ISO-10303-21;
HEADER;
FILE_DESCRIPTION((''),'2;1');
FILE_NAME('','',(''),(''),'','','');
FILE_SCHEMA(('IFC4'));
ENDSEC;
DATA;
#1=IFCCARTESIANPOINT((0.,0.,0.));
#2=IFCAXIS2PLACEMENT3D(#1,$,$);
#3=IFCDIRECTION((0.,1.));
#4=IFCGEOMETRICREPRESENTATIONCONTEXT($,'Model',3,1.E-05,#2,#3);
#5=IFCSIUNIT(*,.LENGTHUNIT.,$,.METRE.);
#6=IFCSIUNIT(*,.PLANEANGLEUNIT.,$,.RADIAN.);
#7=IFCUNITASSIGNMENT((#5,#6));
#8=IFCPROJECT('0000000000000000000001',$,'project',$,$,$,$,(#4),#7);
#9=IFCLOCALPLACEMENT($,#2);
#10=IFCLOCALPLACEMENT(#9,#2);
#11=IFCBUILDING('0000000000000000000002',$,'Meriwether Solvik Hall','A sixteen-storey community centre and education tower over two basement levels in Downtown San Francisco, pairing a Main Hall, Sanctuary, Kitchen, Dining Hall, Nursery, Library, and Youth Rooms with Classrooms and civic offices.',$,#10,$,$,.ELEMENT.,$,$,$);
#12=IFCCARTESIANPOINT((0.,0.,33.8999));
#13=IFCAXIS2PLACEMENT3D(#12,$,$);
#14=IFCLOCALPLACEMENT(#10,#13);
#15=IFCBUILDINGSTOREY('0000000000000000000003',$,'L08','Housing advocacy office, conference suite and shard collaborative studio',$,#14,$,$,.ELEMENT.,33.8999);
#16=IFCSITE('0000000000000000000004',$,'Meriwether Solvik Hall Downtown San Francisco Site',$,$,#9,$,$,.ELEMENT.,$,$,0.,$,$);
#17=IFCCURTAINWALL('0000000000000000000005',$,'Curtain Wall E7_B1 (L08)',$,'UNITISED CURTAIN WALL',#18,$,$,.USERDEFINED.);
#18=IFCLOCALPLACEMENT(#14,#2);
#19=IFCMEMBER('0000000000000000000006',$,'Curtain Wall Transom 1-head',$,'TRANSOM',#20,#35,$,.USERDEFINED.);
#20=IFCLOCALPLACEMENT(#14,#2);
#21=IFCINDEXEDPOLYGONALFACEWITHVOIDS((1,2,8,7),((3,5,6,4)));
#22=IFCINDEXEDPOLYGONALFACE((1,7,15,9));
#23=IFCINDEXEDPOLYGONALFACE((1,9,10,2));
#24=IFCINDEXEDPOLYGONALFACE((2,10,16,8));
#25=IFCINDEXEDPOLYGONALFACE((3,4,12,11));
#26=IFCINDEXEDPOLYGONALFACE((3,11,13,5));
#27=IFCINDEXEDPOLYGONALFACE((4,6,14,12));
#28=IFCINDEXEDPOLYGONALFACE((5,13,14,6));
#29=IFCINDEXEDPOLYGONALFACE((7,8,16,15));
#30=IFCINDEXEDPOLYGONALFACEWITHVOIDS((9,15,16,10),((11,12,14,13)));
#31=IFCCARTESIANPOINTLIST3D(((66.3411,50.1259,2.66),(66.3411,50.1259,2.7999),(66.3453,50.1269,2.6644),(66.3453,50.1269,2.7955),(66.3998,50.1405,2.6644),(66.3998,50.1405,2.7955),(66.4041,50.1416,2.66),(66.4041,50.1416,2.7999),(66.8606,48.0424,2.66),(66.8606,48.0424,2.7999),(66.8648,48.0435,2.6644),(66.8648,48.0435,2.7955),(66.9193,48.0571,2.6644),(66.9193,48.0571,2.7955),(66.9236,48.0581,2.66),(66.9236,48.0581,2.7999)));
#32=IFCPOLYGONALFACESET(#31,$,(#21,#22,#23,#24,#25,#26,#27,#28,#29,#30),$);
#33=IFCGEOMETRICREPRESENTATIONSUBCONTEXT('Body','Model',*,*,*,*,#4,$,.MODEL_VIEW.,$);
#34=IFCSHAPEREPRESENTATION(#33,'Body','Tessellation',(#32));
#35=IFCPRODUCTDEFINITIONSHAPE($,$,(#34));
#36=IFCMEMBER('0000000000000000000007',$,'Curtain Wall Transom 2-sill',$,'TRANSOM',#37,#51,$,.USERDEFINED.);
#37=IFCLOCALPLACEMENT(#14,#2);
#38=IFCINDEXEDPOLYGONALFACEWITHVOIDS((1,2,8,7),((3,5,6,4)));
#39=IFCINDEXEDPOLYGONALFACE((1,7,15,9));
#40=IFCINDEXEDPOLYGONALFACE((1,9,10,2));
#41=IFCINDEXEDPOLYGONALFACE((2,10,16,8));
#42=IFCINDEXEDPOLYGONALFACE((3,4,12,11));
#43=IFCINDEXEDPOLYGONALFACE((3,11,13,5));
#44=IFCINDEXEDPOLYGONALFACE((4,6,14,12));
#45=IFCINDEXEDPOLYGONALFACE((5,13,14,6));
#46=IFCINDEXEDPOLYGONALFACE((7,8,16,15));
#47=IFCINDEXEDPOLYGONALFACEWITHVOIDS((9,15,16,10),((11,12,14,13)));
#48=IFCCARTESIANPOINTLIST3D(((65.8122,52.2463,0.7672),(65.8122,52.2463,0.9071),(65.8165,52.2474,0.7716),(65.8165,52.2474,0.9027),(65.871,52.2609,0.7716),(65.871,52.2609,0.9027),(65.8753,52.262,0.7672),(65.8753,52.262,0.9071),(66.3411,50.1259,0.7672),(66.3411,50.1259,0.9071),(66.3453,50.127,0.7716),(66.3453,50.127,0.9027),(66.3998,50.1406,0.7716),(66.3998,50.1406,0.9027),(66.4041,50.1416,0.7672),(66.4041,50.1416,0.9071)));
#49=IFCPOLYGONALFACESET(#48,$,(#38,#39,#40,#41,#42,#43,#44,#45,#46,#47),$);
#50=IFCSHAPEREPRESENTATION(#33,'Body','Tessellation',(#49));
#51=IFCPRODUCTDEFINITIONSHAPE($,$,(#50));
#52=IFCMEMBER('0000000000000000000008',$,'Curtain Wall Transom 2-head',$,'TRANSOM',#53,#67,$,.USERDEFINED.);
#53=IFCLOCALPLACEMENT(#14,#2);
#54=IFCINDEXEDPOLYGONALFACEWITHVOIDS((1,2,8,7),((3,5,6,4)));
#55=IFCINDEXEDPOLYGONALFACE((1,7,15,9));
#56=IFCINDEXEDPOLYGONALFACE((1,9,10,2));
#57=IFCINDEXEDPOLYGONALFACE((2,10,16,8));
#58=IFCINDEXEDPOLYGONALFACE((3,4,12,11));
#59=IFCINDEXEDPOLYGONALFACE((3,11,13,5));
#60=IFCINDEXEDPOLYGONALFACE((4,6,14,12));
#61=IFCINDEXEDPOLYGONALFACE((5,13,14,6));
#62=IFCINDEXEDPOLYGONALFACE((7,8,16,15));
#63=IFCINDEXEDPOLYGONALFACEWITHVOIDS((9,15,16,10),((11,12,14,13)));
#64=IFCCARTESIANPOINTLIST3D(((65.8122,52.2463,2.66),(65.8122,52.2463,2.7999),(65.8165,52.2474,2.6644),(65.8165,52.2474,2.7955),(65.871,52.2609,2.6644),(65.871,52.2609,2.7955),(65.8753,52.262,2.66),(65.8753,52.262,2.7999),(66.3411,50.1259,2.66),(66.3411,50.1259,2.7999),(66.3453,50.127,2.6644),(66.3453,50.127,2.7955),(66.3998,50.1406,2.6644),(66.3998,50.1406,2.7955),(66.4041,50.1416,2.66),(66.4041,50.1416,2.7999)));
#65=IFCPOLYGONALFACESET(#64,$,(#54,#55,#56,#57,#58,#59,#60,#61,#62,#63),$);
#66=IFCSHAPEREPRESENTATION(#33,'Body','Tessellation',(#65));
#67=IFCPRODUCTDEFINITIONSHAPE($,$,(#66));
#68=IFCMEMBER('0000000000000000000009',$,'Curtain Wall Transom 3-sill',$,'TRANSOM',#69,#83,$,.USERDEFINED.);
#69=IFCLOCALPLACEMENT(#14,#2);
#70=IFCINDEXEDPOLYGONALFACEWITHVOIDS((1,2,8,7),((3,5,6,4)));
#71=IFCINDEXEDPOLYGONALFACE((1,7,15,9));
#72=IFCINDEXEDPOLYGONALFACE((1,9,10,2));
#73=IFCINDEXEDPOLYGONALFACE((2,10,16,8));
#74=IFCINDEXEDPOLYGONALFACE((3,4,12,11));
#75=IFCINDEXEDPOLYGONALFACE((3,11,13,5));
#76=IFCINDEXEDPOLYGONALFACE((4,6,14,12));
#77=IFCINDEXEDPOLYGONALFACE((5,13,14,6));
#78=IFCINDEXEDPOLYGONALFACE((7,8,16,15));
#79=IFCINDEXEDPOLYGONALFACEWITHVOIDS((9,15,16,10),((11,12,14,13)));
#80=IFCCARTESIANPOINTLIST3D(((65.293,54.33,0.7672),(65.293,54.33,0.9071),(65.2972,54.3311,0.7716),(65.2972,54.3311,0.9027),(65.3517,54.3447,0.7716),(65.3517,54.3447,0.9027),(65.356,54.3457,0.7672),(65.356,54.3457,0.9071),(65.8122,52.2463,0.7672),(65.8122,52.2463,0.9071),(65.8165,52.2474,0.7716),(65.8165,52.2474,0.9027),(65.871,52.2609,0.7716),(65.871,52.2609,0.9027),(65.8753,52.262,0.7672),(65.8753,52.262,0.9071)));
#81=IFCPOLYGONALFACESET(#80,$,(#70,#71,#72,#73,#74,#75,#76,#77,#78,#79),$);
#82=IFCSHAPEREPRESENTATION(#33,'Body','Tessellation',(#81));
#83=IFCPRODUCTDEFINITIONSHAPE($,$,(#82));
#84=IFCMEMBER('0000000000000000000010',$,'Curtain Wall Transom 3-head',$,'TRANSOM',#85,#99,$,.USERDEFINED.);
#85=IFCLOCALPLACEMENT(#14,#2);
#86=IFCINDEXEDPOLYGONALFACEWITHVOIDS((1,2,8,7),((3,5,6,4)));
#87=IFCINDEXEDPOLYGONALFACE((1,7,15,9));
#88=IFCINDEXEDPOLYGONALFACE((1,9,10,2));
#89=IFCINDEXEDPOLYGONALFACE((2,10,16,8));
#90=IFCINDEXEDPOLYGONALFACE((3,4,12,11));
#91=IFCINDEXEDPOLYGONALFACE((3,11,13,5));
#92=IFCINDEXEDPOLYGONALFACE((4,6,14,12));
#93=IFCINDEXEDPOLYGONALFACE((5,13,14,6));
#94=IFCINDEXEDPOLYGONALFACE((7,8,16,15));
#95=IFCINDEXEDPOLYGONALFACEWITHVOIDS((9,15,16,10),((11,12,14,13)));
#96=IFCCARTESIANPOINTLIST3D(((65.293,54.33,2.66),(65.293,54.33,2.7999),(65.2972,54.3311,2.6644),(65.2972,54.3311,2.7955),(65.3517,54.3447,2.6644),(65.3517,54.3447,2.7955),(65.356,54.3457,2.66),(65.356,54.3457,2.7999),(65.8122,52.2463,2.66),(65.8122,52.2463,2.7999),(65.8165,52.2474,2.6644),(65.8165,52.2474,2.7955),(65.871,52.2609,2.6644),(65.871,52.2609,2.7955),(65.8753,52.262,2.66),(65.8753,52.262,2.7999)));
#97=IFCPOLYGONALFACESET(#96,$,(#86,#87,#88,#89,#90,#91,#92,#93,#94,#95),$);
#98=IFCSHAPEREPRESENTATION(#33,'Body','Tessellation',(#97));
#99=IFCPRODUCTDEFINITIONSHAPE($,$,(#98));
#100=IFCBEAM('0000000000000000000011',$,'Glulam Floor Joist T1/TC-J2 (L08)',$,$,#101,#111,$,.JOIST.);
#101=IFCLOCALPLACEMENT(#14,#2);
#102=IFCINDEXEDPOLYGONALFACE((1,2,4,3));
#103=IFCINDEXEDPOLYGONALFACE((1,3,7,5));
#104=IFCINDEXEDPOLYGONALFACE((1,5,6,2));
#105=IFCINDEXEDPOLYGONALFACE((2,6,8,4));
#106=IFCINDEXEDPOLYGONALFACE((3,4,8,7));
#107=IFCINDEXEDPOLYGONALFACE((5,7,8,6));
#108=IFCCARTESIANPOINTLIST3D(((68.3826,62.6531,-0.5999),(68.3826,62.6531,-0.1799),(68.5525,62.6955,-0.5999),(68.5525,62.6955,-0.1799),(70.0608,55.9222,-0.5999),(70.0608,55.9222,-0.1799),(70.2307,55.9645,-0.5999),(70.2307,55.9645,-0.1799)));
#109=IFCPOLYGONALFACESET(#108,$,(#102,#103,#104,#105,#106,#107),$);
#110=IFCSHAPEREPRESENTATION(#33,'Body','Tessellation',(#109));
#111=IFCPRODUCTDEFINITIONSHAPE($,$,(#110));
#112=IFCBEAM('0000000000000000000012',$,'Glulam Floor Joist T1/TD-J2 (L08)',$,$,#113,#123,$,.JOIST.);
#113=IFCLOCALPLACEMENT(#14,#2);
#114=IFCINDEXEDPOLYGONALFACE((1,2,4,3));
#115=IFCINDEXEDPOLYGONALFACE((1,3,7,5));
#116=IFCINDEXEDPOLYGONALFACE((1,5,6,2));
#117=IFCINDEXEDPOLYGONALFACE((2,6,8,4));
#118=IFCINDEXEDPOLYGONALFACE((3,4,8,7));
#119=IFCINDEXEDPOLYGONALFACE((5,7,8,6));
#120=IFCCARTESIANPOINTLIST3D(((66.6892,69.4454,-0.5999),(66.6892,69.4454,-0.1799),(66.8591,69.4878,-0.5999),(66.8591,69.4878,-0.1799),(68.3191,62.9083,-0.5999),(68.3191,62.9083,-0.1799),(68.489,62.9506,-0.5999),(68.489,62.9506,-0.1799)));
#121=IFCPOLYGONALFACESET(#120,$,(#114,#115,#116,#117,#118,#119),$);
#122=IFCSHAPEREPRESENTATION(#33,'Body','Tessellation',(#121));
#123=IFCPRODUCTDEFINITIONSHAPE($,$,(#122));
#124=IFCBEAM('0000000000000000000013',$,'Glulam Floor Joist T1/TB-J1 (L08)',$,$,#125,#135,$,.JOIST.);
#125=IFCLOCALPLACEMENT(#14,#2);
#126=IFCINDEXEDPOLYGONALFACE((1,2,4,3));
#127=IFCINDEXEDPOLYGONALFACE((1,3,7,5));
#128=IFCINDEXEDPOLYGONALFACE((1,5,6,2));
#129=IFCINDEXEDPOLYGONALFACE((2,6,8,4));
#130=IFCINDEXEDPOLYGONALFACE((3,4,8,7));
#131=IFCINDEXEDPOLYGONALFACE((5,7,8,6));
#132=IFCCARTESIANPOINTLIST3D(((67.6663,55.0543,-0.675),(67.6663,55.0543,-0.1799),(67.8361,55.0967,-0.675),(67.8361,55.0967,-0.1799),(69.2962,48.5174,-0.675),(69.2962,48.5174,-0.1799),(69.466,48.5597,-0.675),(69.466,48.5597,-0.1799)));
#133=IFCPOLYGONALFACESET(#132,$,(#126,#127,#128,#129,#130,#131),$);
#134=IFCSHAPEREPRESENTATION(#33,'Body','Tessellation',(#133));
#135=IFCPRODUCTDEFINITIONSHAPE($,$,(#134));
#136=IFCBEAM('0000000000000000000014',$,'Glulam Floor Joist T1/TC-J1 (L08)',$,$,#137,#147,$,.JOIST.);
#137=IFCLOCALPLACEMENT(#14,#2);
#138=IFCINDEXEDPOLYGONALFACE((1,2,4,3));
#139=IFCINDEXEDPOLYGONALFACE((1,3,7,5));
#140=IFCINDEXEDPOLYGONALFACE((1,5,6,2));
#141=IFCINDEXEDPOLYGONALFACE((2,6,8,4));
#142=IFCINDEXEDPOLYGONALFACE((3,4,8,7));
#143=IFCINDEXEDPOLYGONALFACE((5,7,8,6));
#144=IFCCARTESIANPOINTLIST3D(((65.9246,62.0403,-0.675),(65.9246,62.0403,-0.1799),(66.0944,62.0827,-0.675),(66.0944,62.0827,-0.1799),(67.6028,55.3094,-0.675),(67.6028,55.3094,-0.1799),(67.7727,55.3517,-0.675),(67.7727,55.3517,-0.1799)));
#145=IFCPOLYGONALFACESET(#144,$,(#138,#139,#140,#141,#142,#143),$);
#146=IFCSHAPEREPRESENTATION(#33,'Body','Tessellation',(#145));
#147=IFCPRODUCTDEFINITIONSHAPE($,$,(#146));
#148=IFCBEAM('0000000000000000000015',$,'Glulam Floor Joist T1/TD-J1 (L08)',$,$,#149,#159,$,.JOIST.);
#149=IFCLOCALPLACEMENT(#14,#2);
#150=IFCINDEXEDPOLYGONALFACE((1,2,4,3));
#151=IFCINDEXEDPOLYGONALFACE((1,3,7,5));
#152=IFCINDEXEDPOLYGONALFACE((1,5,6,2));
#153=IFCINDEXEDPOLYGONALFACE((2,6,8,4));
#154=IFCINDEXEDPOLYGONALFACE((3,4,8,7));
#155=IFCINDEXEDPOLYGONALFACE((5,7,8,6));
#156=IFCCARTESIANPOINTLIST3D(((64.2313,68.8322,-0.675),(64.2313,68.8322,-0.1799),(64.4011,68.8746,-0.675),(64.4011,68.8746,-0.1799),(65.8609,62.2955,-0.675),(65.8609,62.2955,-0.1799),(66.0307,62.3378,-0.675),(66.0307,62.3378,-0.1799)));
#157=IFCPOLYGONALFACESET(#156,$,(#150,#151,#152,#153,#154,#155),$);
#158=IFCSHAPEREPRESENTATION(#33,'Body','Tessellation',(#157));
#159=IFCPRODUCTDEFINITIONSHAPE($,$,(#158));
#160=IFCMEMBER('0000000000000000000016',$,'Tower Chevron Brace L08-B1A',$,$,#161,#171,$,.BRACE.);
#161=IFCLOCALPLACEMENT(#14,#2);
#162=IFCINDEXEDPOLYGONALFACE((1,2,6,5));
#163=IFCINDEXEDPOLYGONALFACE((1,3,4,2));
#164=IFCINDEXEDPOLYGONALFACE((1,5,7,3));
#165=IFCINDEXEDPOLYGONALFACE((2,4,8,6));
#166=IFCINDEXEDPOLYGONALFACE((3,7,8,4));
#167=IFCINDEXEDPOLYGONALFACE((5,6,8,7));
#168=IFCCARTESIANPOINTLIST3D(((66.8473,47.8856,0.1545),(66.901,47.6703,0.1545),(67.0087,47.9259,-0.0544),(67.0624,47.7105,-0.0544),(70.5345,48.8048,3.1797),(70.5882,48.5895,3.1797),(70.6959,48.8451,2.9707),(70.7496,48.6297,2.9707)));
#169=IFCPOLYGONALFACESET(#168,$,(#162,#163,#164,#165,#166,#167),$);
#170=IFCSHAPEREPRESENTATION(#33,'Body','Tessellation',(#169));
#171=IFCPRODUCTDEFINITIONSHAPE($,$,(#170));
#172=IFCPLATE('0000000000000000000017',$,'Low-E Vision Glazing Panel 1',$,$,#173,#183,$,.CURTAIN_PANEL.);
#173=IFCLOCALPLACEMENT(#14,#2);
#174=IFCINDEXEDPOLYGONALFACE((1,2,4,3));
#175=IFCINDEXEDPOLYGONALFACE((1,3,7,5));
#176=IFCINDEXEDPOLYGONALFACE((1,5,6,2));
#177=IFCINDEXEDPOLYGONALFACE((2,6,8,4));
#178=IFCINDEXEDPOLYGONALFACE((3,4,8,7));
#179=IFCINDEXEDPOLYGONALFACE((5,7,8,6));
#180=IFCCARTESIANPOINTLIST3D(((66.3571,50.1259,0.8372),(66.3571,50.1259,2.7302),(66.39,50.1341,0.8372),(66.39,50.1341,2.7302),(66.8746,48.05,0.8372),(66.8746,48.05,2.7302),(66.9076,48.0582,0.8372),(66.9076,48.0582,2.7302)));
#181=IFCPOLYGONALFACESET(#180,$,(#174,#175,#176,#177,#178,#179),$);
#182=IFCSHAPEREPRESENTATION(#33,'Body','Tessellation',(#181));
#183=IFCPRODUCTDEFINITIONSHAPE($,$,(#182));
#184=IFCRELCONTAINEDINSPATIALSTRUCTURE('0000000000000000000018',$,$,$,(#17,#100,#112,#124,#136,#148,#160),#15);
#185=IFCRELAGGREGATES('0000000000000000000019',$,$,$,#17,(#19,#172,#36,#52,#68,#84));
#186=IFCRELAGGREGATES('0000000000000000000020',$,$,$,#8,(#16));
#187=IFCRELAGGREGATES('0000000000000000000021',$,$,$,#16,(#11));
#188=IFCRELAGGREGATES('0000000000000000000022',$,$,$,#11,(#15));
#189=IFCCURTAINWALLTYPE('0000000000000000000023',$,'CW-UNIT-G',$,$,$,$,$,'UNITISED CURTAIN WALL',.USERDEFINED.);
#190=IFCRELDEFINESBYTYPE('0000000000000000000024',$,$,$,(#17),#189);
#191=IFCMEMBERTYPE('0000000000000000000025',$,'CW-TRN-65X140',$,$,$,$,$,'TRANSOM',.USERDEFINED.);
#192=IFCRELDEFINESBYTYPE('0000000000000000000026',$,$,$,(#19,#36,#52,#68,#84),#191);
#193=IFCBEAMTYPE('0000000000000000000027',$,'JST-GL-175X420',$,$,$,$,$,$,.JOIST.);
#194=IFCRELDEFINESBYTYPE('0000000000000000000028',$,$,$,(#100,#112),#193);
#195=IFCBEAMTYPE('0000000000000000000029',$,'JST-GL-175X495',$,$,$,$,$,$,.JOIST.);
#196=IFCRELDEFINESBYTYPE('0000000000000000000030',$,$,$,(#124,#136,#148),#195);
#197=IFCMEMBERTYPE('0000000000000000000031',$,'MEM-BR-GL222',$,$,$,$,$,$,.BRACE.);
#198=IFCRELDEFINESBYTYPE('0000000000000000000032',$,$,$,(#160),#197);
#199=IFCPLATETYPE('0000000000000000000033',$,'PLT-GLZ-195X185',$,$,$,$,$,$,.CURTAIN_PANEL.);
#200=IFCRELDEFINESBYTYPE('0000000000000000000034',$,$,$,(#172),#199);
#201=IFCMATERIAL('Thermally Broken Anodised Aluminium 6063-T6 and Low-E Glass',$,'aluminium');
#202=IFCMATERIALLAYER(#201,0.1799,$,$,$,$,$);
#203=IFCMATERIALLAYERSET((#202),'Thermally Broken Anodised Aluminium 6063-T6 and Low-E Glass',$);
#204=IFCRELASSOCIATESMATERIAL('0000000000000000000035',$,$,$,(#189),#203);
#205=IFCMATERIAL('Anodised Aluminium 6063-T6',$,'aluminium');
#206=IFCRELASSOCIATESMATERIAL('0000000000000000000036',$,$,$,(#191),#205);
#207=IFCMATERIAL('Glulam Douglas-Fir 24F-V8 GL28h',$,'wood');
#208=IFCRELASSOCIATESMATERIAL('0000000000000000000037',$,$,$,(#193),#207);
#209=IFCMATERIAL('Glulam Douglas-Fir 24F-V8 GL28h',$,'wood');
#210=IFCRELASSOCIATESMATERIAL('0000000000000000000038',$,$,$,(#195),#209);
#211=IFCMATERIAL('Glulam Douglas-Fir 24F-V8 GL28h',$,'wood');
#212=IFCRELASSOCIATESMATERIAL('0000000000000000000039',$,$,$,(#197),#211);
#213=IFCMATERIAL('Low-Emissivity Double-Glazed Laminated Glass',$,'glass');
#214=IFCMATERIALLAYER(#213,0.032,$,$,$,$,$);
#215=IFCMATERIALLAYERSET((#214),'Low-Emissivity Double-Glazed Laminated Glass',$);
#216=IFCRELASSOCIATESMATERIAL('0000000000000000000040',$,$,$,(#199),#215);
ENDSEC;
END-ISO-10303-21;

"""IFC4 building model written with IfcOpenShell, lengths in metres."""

from ifc_helpers import new_model, si_unit, direction, frame, origin, origin_2d, place, context, subcontext, project, spatial, rectangle, hollow_rectangle, extrude, material, layer, layer_set, material_profile, profile_set, type_object, element, aggregate, save


model = new_model("IFC4")

# Units and contexts
model_context = context("Model", 3, precision=1e-05, world=origin(), true_north=direction((0.0, 1.0)))
body_context = subcontext(model_context, "Body", "Model", "MODEL_VIEW")
ifc_project = project(units=[si_unit("LENGTHUNIT", "METRE"), si_unit("PLANEANGLEUNIT", "RADIAN")], contexts=[model_context])

# Site, building, storey
site_placement = place(None, origin())
site = spatial("IfcSite", under=ifc_project, at=site_placement, Name="Meriwether Solvik Hall Downtown San Francisco Site", CompositionType="ELEMENT", RefElevation=0.0)
building_placement = place(site_placement, origin())
building = spatial("IfcBuilding", under=site, at=building_placement, Name="Meriwether Solvik Hall", Description="A sixteen-storey community centre and education tower over two basement levels in Downtown San Francisco, pairing a Main Hall, Sanctuary, Kitchen, Dining Hall, Nursery, Library, and Youth Rooms with Classrooms and civic offices.", CompositionType="ELEMENT")
storey_placement = place(building_placement, frame((0.0, 0.0, 33.8999)))
storey = spatial("IfcBuildingStorey", under=building, at=storey_placement, Name="L08", Description="Housing advocacy office, conference suite and shard collaborative studio", CompositionType="ELEMENT", Elevation=33.8999)

# Curtain wall, members
ifc_material_1 = material(Name="Thermally Broken Anodised Aluminium 6063-T6 and Low-E Glass", Category="aluminium")
ifc_layer_1 = layer(ifc_material_1, 0.1799)
ifc_layer_set_1 = layer_set([ifc_layer_1], Name="Thermally Broken Anodised Aluminium 6063-T6 and Low-E Glass")
curtain_wall_type_1 = type_object("IfcCurtainWallType", Name="CW-UNIT-G", ElementType="UNITISED CURTAIN WALL", PredefinedType="USERDEFINED", material=ifc_layer_set_1)
curtain_wall_1_placement = place(storey_placement, origin())
curtain_wall_1 = element("IfcCurtainWall", 1, at=curtain_wall_1_placement, inside=storey, type_object=curtain_wall_type_1, Name="Curtain Wall E7_B1 (L08)", ObjectType="UNITISED CURTAIN WALL", PredefinedType="USERDEFINED")
ifc_material_2 = material(Name="Anodised Aluminium 6063-T6", Category="aluminium")
ifc_material_profile_1 = material_profile(ifc_material_2, hollow_rectangle(XDim=0.0649, YDim=0.1399, WallThickness=0.0044, at=origin_2d()), Name="CWT-65X140")
ifc_profile_set_1 = profile_set([ifc_material_profile_1], Name="Anodised Aluminium 6063-T6")
member_type_1 = type_object("IfcMemberType", Name="CW-TRN-65X140", ElementType="TRANSOM", PredefinedType="USERDEFINED", material=ifc_profile_set_1)
member_1_placement = place(storey_placement, frame((66.8921, 48.0503, 2.73), z_axis=(-0.241947, 0.970289, 0.0), x_axis=(-0.970289, -0.241947, 0.0)))
member_1 = element("IfcMember", 2, at=member_1_placement, type_object=member_type_1, Name="Curtain Wall Transom 1-head", ObjectType="TRANSOM", PredefinedType="USERDEFINED", context=body_context, shape_type="SweptSolid", body=[
    extrude(hollow_rectangle(XDim=0.0649, YDim=0.1399, WallThickness=0.0044, at=origin_2d()), origin(), (0.0, 0.0, 1.0), 2.1472),
])
member_2_placement = place(storey_placement, frame((66.3726, 50.1338, 0.8372), z_axis=(-0.241984, 0.97028, 0.0), x_axis=(-0.97028, -0.241984, 0.0)))
member_2 = element("IfcMember", 3, at=member_2_placement, type_object=member_type_1, Name="Curtain Wall Transom 2-sill", ObjectType="TRANSOM", PredefinedType="USERDEFINED", context=body_context, shape_type="SweptSolid", body=[
    extrude(hollow_rectangle(XDim=0.0649, YDim=0.1399, WallThickness=0.0044, at=origin_2d()), origin(), (0.0, 0.0, 1.0), 2.1853),
])
member_3_placement = place(storey_placement, frame((66.3726, 50.1338, 2.73), z_axis=(-0.241984, 0.97028, 0.0), x_axis=(-0.97028, -0.241984, 0.0)))
member_3 = element("IfcMember", 4, at=member_3_placement, type_object=member_type_1, Name="Curtain Wall Transom 2-head", ObjectType="TRANSOM", PredefinedType="USERDEFINED", context=body_context, shape_type="SweptSolid", body=[
    extrude(hollow_rectangle(XDim=0.0649, YDim=0.1399, WallThickness=0.0044, at=origin_2d()), origin(), (0.0, 0.0, 1.0), 2.1853),
])
member_4_placement = place(storey_placement, frame((65.8438, 52.2542, 0.8372), z_axis=(-0.241813, 0.970323, 0.0), x_axis=(-0.970323, -0.241813, 0.0)))
member_4 = element("IfcMember", 5, at=member_4_placement, type_object=member_type_1, Name="Curtain Wall Transom 3-sill", ObjectType="TRANSOM", PredefinedType="USERDEFINED", context=body_context, shape_type="SweptSolid", body=[
    extrude(hollow_rectangle(XDim=0.0649, YDim=0.1399, WallThickness=0.0044, at=origin_2d()), origin(), (0.0, 0.0, 1.0), 2.1475),
])
member_5_placement = place(storey_placement, frame((65.8438, 52.2542, 2.73), z_axis=(-0.241813, 0.970323, 0.0), x_axis=(-0.970323, -0.241813, 0.0)))
member_5 = element("IfcMember", 6, at=member_5_placement, type_object=member_type_1, Name="Curtain Wall Transom 3-head", ObjectType="TRANSOM", PredefinedType="USERDEFINED", context=body_context, shape_type="SweptSolid", body=[
    extrude(hollow_rectangle(XDim=0.0649, YDim=0.1399, WallThickness=0.0044, at=origin_2d()), origin(), (0.0, 0.0, 1.0), 2.1475),
])

# Beams
ifc_material_3 = material(Name="Glulam Douglas-Fir 24F-V8 GL28h", Category="wood")
ifc_material_profile_2 = material_profile(ifc_material_3, rectangle(XDim=0.175, YDim=0.4199, at=origin_2d()), Name="GLJ-175X420")
ifc_profile_set_2 = profile_set([ifc_material_profile_2], Name="Glulam Douglas-Fir 24F-V8 GL28h")
beam_type_1 = type_object("IfcBeamType", Name="JST-GL-175X420", PredefinedType="JOIST", material=ifc_profile_set_2)
beam_1_placement = place(storey_placement, frame((70.1458, 55.9434, -0.3899), z_axis=(-0.241923, 0.970296, 0.0), x_axis=(-0.970296, -0.241923, 0.0)))
element("IfcBeam", 7, at=beam_1_placement, inside=storey, type_object=beam_type_1, Name="Glulam Floor Joist T1/TC-J2 (L08)", PredefinedType="JOIST", context=body_context, shape_type="SweptSolid", body=[
    extrude(rectangle(XDim=0.175, YDim=0.4199, at=origin_2d()), origin(), (0.0, 0.0, 1.0), 6.937),
])
beam_2_placement = place(storey_placement, frame((68.4041, 62.9294, -0.3899), z_axis=(-0.241922, 0.970296, 0.0), x_axis=(-0.970296, -0.241922, 0.0)))
element("IfcBeam", 8, at=beam_2_placement, inside=storey, type_object=beam_type_1, Name="Glulam Floor Joist T1/TD-J2 (L08)", PredefinedType="JOIST", context=body_context, shape_type="SweptSolid", body=[
    extrude(rectangle(XDim=0.175, YDim=0.4199, at=origin_2d()), origin(), (0.0, 0.0, 1.0), 6.7373),
])
ifc_material_4 = material(Name="Glulam Douglas-Fir 24F-V8 GL28h", Category="wood")
ifc_material_profile_3 = material_profile(ifc_material_4, rectangle(XDim=0.175, YDim=0.4951, at=origin_2d()), Name="GLJ-175X495")
ifc_profile_set_3 = profile_set([ifc_material_profile_3], Name="Glulam Douglas-Fir 24F-V8 GL28h")
beam_type_2 = type_object("IfcBeamType", Name="JST-GL-175X495", PredefinedType="JOIST", material=ifc_profile_set_3)
beam_3_placement = place(storey_placement, frame((69.3811, 48.5386, -0.4275), z_axis=(-0.24193, 0.970294, 0.0), x_axis=(-0.970294, -0.24193, 0.0)))
element("IfcBeam", 9, at=beam_3_placement, inside=storey, type_object=beam_type_2, Name="Glulam Floor Joist T1/TB-J1 (L08)", PredefinedType="JOIST", context=body_context, shape_type="SweptSolid", body=[
    extrude(rectangle(XDim=0.175, YDim=0.4951, at=origin_2d()), origin(), (0.0, 0.0, 1.0), 6.7371),
])
beam_4_placement = place(storey_placement, frame((67.6877, 55.3306, -0.4275), z_axis=(-0.241923, 0.970296, 0.0), x_axis=(-0.970296, -0.241923, 0.0)))
element("IfcBeam", 10, at=beam_4_placement, inside=storey, type_object=beam_type_2, Name="Glulam Floor Joist T1/TC-J1 (L08)", PredefinedType="JOIST", context=body_context, shape_type="SweptSolid", body=[
    extrude(rectangle(XDim=0.175, YDim=0.4951, at=origin_2d()), origin(), (0.0, 0.0, 1.0), 6.937),
])
beam_5_placement = place(storey_placement, frame((65.9458, 62.3167, -0.4275), z_axis=(-0.241896, 0.970302, 0.0), x_axis=(-0.970302, -0.241896, 0.0)))
element("IfcBeam", 11, at=beam_5_placement, inside=storey, type_object=beam_type_2, Name="Glulam Floor Joist T1/TD-J1 (L08)", PredefinedType="JOIST", context=body_context, shape_type="SweptSolid", body=[
    extrude(rectangle(XDim=0.175, YDim=0.4951, at=origin_2d()), origin(), (0.0, 0.0, 1.0), 6.7368),
])

# Member
ifc_material_5 = material(Name="Glulam Douglas-Fir 24F-V8 GL28h", Category="wood")
ifc_material_profile_4 = material_profile(ifc_material_5, rectangle(XDim=0.2219, YDim=0.2671, at=origin_2d()), Name="GLM-222X267")
ifc_profile_set_4 = profile_set([ifc_material_profile_4], Name="Glulam Douglas-Fir 24F-V8 GL28h")
member_type_2 = type_object("IfcMemberType", Name="MEM-BR-GL222", PredefinedType="BRACE", material=ifc_profile_set_4)
member_6_placement = place(storey_placement, frame((66.9548, 47.7981, 0.05), z_axis=(0.759134, 0.189243, 0.622818), x_axis=(-0.241886, 0.970305, 0.0)))
element("IfcMember", 12, at=member_6_placement, inside=storey, type_object=member_type_2, Name="Tower Chevron Brace L08-B1A", PredefinedType="BRACE", context=body_context, shape_type="SweptSolid", body=[
    extrude(rectangle(XDim=0.2219, YDim=0.2671, at=origin_2d()), origin(), (0.0, 0.0, 1.0), 4.8572),
])

# Plate
ifc_material_6 = material(Name="Low-Emissivity Double-Glazed Laminated Glass", Category="glass")
ifc_layer_2 = layer(ifc_material_6, 0.032)
ifc_layer_set_2 = layer_set([ifc_layer_2], Name="Low-Emissivity Double-Glazed Laminated Glass")
plate_type_1 = type_object("IfcPlateType", Name="PLT-GLZ-195X185", PredefinedType="CURTAIN_PANEL", material=ifc_layer_set_2)
plate_1_placement = place(storey_placement, frame((66.6323, 49.092, 0.8372), z_axis=(0.0, 0.0, 1.0), x_axis=(-0.241922, 0.970296, 0.0)))
plate_1 = element("IfcPlate", 13, at=plate_1_placement, type_object=plate_type_1, Name="Low-E Vision Glazing Panel 1", PredefinedType="CURTAIN_PANEL", context=body_context, shape_type="SweptSolid", body=[
    extrude(rectangle(XDim=2.1394, YDim=0.0339, at=origin_2d()), origin(), (0.0, 0.0, 1.0), 1.8931),
])
aggregate(curtain_wall_1, [member_1, plate_1, member_2, member_3, member_4, member_5])

save(model, "model.ifc")
